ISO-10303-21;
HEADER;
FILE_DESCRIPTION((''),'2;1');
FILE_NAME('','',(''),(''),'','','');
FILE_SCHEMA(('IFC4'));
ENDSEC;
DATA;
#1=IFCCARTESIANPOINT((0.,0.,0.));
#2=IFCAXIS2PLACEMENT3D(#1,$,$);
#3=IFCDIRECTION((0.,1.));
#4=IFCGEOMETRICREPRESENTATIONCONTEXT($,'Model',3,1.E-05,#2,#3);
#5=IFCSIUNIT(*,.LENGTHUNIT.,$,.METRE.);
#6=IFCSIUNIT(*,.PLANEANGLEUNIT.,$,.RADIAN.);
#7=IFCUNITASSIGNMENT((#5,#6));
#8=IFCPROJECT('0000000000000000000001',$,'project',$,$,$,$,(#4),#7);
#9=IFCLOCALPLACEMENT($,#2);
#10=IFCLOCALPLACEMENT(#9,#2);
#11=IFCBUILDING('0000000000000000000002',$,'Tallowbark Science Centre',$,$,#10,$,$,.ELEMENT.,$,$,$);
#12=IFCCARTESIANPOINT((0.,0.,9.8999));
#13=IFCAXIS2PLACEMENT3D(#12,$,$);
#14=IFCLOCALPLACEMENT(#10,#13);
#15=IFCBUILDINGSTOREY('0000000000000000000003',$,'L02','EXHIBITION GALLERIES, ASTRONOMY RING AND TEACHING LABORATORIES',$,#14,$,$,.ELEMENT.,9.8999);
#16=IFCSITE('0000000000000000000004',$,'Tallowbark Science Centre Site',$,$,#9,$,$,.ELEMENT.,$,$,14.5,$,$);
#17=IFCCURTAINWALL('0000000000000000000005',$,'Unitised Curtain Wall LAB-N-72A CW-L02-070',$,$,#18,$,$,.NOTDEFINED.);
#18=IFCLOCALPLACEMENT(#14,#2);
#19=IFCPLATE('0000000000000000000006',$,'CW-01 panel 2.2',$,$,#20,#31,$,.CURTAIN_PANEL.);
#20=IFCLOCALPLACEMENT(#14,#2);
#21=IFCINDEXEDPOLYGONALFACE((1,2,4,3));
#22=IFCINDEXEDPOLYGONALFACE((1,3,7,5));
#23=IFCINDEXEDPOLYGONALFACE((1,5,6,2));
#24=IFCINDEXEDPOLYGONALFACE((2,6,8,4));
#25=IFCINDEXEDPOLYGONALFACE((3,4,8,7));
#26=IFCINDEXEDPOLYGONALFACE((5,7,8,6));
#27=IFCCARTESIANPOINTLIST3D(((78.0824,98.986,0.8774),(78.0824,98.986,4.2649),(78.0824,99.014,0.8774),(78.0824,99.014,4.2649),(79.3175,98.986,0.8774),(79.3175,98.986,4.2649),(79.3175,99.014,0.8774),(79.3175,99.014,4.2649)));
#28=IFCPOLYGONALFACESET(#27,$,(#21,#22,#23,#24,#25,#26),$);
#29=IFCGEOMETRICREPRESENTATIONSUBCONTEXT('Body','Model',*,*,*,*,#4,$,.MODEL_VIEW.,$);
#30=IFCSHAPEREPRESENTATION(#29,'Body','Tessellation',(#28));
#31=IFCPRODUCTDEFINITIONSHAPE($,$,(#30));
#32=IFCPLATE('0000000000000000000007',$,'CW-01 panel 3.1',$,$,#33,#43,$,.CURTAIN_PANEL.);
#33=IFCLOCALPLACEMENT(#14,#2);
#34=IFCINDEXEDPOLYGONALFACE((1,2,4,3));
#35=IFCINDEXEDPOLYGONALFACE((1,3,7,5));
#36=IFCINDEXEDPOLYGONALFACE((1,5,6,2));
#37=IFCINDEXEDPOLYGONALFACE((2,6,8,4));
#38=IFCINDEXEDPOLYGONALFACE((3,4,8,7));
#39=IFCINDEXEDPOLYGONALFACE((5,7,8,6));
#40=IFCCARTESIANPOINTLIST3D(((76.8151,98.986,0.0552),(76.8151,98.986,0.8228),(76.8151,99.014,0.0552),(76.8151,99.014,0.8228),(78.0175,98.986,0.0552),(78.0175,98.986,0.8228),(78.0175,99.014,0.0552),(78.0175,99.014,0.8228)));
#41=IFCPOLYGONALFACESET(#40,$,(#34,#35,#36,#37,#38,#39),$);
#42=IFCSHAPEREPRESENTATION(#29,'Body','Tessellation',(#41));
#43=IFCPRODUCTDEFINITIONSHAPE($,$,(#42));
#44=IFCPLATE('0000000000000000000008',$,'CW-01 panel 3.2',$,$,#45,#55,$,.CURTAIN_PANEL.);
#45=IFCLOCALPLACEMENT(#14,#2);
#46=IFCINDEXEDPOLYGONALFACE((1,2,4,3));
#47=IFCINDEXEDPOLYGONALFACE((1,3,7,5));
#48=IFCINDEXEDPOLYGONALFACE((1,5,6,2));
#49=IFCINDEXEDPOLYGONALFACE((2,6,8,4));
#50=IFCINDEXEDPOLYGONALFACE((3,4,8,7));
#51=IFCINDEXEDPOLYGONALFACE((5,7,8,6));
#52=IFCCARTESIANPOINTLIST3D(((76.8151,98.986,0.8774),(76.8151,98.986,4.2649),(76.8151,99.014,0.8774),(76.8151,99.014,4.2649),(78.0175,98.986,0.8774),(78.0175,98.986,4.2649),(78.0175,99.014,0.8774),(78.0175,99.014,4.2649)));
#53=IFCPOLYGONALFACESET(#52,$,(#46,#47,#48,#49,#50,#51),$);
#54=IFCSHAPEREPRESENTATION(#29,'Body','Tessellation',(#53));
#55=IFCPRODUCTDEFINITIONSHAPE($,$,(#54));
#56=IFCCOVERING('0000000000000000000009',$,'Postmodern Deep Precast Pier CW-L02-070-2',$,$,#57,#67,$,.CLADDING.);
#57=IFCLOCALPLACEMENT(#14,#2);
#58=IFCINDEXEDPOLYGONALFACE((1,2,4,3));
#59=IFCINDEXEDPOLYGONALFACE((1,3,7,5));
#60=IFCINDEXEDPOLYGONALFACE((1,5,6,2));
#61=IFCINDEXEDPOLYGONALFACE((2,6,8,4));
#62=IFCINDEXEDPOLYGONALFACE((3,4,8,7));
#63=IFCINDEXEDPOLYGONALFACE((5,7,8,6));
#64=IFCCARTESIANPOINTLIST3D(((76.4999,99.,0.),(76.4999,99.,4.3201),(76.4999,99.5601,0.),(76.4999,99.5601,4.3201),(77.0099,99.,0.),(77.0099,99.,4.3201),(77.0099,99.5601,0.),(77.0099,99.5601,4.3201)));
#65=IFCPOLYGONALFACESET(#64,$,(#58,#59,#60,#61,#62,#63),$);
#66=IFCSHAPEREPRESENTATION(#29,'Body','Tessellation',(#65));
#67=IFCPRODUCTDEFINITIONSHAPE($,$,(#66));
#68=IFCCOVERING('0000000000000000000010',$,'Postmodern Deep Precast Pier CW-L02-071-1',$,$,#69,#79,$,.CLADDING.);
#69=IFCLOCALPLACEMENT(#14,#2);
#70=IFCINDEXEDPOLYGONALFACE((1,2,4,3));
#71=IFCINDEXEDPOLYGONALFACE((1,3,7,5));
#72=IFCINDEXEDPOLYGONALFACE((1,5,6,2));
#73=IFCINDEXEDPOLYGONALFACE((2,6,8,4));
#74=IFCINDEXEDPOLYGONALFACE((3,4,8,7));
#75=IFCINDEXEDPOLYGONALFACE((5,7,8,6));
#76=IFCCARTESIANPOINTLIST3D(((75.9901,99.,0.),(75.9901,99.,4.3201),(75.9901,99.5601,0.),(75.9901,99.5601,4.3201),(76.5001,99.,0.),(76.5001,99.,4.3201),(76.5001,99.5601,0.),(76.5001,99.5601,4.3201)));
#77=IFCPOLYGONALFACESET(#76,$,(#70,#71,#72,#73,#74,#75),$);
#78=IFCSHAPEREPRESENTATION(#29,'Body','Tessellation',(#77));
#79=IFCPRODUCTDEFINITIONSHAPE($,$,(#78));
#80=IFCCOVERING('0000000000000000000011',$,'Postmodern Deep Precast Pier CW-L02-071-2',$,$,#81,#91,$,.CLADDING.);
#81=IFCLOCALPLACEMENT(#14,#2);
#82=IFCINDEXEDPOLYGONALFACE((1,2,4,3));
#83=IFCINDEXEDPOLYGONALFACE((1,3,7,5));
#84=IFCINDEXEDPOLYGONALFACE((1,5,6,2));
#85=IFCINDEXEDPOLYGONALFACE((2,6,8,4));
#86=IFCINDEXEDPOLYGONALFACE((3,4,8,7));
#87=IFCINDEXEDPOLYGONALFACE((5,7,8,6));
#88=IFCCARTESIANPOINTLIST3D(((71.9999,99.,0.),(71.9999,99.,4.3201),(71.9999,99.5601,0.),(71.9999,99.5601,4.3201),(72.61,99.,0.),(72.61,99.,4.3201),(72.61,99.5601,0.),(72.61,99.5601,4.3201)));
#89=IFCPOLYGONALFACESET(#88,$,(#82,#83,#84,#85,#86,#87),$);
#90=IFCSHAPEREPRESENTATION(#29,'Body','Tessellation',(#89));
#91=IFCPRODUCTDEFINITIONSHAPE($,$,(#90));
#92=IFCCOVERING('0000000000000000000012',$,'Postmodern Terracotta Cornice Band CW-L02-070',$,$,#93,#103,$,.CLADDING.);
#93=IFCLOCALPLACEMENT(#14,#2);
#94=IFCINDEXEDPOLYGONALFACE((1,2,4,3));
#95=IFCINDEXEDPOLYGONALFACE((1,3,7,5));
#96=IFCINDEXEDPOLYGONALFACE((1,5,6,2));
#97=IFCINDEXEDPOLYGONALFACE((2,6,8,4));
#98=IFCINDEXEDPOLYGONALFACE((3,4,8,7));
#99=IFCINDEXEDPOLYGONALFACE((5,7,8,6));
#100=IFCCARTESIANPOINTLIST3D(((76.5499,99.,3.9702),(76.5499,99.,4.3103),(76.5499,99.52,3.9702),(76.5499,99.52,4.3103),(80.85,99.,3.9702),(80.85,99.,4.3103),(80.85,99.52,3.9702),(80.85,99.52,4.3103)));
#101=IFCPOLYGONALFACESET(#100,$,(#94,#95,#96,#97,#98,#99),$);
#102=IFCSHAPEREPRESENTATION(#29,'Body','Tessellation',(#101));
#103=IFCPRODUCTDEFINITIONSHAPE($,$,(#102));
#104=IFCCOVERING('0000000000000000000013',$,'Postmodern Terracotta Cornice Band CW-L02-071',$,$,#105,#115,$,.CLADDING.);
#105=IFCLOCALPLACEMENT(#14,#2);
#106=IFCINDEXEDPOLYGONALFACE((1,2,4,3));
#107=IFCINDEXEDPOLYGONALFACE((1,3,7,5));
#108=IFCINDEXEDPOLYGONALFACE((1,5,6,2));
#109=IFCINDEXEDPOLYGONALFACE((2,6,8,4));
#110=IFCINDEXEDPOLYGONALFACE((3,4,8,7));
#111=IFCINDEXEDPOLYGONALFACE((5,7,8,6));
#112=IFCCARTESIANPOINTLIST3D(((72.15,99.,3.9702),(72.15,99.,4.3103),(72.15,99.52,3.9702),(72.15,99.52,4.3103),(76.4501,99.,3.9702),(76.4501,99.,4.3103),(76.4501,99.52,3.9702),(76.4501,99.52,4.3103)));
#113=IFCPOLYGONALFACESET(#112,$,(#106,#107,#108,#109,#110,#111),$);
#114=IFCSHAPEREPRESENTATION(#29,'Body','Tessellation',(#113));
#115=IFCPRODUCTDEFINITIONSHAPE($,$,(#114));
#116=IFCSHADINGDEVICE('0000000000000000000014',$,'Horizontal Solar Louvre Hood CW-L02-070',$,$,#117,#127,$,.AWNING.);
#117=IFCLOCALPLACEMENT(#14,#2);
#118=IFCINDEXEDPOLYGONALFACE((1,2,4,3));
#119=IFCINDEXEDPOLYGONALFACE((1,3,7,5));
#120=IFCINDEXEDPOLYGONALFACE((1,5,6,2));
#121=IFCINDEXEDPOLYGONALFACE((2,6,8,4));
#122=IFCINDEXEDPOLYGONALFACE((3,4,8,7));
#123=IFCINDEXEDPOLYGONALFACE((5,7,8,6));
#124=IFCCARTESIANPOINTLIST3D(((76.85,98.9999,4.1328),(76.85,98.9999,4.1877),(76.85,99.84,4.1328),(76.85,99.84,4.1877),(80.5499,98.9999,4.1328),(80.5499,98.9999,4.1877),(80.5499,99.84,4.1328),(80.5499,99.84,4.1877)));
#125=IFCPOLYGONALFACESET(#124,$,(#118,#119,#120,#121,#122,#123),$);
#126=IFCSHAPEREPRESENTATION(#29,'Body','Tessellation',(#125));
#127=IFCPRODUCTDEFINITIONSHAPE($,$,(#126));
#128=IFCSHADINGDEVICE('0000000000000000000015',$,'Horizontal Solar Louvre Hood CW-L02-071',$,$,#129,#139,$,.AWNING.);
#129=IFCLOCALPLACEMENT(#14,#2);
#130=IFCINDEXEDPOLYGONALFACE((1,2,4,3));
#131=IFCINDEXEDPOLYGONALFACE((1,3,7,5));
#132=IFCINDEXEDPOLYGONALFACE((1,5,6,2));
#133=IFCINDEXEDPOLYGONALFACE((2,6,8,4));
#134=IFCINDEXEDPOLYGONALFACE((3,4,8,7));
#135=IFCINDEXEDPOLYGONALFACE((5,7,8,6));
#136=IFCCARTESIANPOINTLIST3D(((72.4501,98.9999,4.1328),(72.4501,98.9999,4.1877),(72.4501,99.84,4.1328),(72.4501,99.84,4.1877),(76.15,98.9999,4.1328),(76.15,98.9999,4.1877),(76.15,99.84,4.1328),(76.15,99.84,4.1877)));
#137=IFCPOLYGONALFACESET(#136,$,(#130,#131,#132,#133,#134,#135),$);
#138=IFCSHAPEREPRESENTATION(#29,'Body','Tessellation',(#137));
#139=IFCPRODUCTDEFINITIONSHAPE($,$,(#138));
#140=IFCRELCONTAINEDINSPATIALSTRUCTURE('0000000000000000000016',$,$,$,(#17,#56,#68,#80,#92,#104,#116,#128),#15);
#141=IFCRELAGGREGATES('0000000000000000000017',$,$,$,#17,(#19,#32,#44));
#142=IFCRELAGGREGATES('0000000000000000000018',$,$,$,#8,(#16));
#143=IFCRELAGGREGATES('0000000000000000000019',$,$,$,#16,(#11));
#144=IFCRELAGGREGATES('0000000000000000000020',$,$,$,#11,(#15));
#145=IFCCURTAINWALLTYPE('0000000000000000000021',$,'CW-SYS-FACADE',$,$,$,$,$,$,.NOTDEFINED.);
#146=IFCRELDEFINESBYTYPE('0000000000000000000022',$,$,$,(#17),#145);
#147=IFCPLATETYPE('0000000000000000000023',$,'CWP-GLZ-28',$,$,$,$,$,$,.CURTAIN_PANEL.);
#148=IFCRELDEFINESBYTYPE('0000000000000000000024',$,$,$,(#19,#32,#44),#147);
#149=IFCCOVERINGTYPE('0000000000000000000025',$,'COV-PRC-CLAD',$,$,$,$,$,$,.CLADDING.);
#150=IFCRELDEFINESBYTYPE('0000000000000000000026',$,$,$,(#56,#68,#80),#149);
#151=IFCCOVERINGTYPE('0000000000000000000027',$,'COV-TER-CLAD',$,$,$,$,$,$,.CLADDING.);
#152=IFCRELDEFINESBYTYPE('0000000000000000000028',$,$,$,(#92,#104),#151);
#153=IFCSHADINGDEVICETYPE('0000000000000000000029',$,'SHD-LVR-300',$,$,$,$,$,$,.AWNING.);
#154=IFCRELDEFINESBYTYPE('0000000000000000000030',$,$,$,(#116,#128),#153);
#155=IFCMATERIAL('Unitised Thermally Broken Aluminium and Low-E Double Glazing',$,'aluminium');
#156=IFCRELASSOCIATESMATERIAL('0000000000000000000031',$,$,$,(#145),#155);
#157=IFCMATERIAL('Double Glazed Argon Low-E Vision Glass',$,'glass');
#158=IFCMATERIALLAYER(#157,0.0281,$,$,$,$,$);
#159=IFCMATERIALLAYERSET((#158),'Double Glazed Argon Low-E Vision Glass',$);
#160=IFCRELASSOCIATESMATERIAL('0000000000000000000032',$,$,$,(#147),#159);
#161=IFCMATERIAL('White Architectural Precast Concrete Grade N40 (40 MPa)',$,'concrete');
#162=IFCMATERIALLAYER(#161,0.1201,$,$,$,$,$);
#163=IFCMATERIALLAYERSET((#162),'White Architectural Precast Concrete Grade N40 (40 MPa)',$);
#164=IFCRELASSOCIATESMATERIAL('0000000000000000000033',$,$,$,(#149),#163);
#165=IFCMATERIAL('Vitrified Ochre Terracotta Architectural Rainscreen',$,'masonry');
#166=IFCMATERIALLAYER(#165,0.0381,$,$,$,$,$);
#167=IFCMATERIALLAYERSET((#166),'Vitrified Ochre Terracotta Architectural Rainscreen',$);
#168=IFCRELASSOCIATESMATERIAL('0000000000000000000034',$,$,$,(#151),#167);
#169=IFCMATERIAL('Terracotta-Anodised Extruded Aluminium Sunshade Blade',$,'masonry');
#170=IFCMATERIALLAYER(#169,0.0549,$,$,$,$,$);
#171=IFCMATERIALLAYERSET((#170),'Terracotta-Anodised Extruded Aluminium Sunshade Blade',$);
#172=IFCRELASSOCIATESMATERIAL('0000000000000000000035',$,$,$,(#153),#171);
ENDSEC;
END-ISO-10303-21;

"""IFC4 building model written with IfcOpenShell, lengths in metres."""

from ifc_helpers import new_model, si_unit, direction, frame, origin, origin_2d, place, context, subcontext, project, spatial, rectangle, extrude, material, layer, layer_set, type_object, element, aggregate, save


model = new_model("IFC4")

# Units and contexts
model_context = context("Model", 3, precision=1e-05, world=origin(), true_north=direction((0.0, 1.0)))
body_context = subcontext(model_context, "Body", "Model", "MODEL_VIEW")
ifc_project = project(units=[si_unit("LENGTHUNIT", "METRE"), si_unit("PLANEANGLEUNIT", "RADIAN")], contexts=[model_context])

# Site, building, storey
site_placement = place(None, origin())
site = spatial("IfcSite", under=ifc_project, at=site_placement, Name="Tallowbark Science Centre Site", CompositionType="ELEMENT", RefElevation=14.5)
building_placement = place(site_placement, origin())
building = spatial("IfcBuilding", under=site, at=building_placement, Name="Tallowbark Science Centre", CompositionType="ELEMENT")
storey_placement = place(building_placement, frame((0.0, 0.0, 9.8999)))
storey = spatial("IfcBuildingStorey", under=building, at=storey_placement, Name="L02", Description="EXHIBITION GALLERIES, ASTRONOMY RING AND TEACHING LABORATORIES", CompositionType="ELEMENT", Elevation=9.8999)

# Curtain wall, plates
ifc_material_1 = material(Name="Unitised Thermally Broken Aluminium and Low-E Double Glazing", Category="aluminium")
curtain_wall_type = type_object("IfcCurtainWallType", Name="CW-SYS-FACADE", PredefinedType="NOTDEFINED", material=ifc_material_1)
curtain_wall_placement = place(storey_placement, origin())
curtain_wall = element("IfcCurtainWall", 1, at=curtain_wall_placement, inside=storey, type_object=curtain_wall_type, Name="Unitised Curtain Wall LAB-N-72A CW-L02-070", PredefinedType="NOTDEFINED")
ifc_material_2 = material(Name="Double Glazed Argon Low-E Vision Glass", Category="glass")
ifc_layer_1 = layer(ifc_material_2, 0.0281)
ifc_layer_set_1 = layer_set([ifc_layer_1], Name="Double Glazed Argon Low-E Vision Glass")
plate_type = type_object("IfcPlateType", Name="CWP-GLZ-28", PredefinedType="CURTAIN_PANEL", material=ifc_layer_set_1)
plate_1_placement = place(storey_placement, frame((78.7, 99.0, 0.8774), z_axis=(0.0, 0.0, 1.0), x_axis=(-1.0, 0.0, 0.0)))
plate_1 = element("IfcPlate", 2, at=plate_1_placement, type_object=plate_type, Name="CW-01 panel 2.2", PredefinedType="CURTAIN_PANEL", context=body_context, shape_type="SweptSolid", body=[
    extrude(rectangle(XDim=1.2351, YDim=0.0281, at=origin_2d()), origin(), (0.0, 0.0, 1.0), 3.3875),
])
plate_2_placement = place(storey_placement, frame((77.4163, 99.0, 0.0552), z_axis=(0.0, 0.0, 1.0), x_axis=(-1.0, 0.0, 0.0)))
plate_2 = element("IfcPlate", 3, at=plate_2_placement, type_object=plate_type, Name="CW-01 panel 3.1", PredefinedType="CURTAIN_PANEL", context=body_context, shape_type="SweptSolid", body=[
    extrude(rectangle(XDim=1.2024, YDim=0.0281, at=origin_2d()), origin(), (0.0, 0.0, 1.0), 0.7676),
])
plate_3_placement = place(storey_placement, frame((77.4163, 99.0, 0.8774), z_axis=(0.0, 0.0, 1.0), x_axis=(-1.0, 0.0, 0.0)))
plate_3 = element("IfcPlate", 4, at=plate_3_placement, type_object=plate_type, Name="CW-01 panel 3.2", PredefinedType="CURTAIN_PANEL", context=body_context, shape_type="SweptSolid", body=[
    extrude(rectangle(XDim=1.2024, YDim=0.0281, at=origin_2d()), origin(), (0.0, 0.0, 1.0), 3.3875),
])
aggregate(curtain_wall, [plate_1, plate_2, plate_3])

# Coverings
ifc_material_3 = material(Name="White Architectural Precast Concrete Grade N40 (40 MPa)", Category="concrete")
ifc_layer_2 = layer(ifc_material_3, 0.1201)
ifc_layer_set_2 = layer_set([ifc_layer_2], Name="White Architectural Precast Concrete Grade N40 (40 MPa)")
covering_type_1 = type_object("IfcCoveringType", Name="COV-PRC-CLAD", PredefinedType="CLADDING", material=ifc_layer_set_2)
for number, where, z_axis, x_axis, name in (
    (5, (76.7549, 99.28, 0.0), (0.0, 0.0, 1.0), (-1.0, 0.0, 0.0), "Postmodern Deep Precast Pier CW-L02-070-2"),
    (6, (76.2451, 99.28, 0.0), (0.0, 0.0, 1.0), (-1.0, 0.0, 0.0), "Postmodern Deep Precast Pier CW-L02-071-1"),
):
    element("IfcCovering", number, at=place(storey_placement, frame(where, z_axis=z_axis, x_axis=x_axis)), inside=storey, type_object=covering_type_1, Name=name, PredefinedType="CLADDING", context=body_context, shape_type="SweptSolid", body=[
        extrude(rectangle(XDim=0.51, YDim=0.5601, at=origin_2d()), origin(), (0.0, 0.0, 1.0), 4.3201),
    ])
covering_placement = place(storey_placement, frame((72.3049, 99.28, 0.0), z_axis=(0.0, 0.0, 1.0), x_axis=(-1.0, 0.0, 0.0)))
element("IfcCovering", 7, at=covering_placement, inside=storey, type_object=covering_type_1, Name="Postmodern Deep Precast Pier CW-L02-071-2", PredefinedType="CLADDING", context=body_context, shape_type="SweptSolid", body=[
    extrude(rectangle(XDim=0.6101, YDim=0.5601, at=origin_2d()), origin(), (0.0, 0.0, 1.0), 4.3201),
])
ifc_material_4 = material(Name="Vitrified Ochre Terracotta Architectural Rainscreen", Category="masonry")
ifc_layer_3 = layer(ifc_material_4, 0.0381)
ifc_layer_set_3 = layer_set([ifc_layer_3], Name="Vitrified Ochre Terracotta Architectural Rainscreen")
covering_type_2 = type_object("IfcCoveringType", Name="COV-TER-CLAD", PredefinedType="CLADDING", material=ifc_layer_set_3)
for number, where, z_axis, x_axis, name in (
    (8, (78.7, 99.26, 3.9702), (0.0, 0.0, 1.0), (-1.0, 0.0, 0.0), "Postmodern Terracotta Cornice Band CW-L02-070"),
    (9, (74.3, 99.26, 3.9702), (0.0, 0.0, 1.0), (-1.0, 0.0, 0.0), "Postmodern Terracotta Cornice Band CW-L02-071"),
):
    element("IfcCovering", number, at=place(storey_placement, frame(where, z_axis=z_axis, x_axis=x_axis)), inside=storey, type_object=covering_type_2, Name=name, PredefinedType="CLADDING", context=body_context, shape_type="SweptSolid", body=[
        extrude(rectangle(XDim=4.3, YDim=0.52, at=origin_2d()), origin(), (0.0, 0.0, 1.0), 0.3401),
    ])

# Shading devices
ifc_material_5 = material(Name="Terracotta-Anodised Extruded Aluminium Sunshade Blade", Category="masonry")
ifc_layer_4 = layer(ifc_material_5, 0.0549)
ifc_layer_set_4 = layer_set([ifc_layer_4], Name="Terracotta-Anodised Extruded Aluminium Sunshade Blade")
shading_device_type = type_object("IfcShadingDeviceType", Name="SHD-LVR-300", PredefinedType="AWNING", material=ifc_layer_set_4)
for number, where, z_axis, x_axis, name in (
    (10, (78.7, 99.4199, 4.1328), (0.0, 0.0, 1.0), (-1.0, 0.0, 0.0), "Horizontal Solar Louvre Hood CW-L02-070"),
    (11, (74.3, 99.4199, 4.1328), (0.0, 0.0, 1.0), (-1.0, 0.0, 0.0), "Horizontal Solar Louvre Hood CW-L02-071"),
):
    element("IfcShadingDevice", number, at=place(storey_placement, frame(where, z_axis=z_axis, x_axis=x_axis)), inside=storey, type_object=shading_device_type, Name=name, PredefinedType="AWNING", context=body_context, shape_type="SweptSolid", body=[
        extrude(rectangle(XDim=3.7, YDim=0.8401, at=origin_2d()), origin(), (0.0, 0.0, 1.0), 0.0549),
    ])

save(model, "model.ifc")
